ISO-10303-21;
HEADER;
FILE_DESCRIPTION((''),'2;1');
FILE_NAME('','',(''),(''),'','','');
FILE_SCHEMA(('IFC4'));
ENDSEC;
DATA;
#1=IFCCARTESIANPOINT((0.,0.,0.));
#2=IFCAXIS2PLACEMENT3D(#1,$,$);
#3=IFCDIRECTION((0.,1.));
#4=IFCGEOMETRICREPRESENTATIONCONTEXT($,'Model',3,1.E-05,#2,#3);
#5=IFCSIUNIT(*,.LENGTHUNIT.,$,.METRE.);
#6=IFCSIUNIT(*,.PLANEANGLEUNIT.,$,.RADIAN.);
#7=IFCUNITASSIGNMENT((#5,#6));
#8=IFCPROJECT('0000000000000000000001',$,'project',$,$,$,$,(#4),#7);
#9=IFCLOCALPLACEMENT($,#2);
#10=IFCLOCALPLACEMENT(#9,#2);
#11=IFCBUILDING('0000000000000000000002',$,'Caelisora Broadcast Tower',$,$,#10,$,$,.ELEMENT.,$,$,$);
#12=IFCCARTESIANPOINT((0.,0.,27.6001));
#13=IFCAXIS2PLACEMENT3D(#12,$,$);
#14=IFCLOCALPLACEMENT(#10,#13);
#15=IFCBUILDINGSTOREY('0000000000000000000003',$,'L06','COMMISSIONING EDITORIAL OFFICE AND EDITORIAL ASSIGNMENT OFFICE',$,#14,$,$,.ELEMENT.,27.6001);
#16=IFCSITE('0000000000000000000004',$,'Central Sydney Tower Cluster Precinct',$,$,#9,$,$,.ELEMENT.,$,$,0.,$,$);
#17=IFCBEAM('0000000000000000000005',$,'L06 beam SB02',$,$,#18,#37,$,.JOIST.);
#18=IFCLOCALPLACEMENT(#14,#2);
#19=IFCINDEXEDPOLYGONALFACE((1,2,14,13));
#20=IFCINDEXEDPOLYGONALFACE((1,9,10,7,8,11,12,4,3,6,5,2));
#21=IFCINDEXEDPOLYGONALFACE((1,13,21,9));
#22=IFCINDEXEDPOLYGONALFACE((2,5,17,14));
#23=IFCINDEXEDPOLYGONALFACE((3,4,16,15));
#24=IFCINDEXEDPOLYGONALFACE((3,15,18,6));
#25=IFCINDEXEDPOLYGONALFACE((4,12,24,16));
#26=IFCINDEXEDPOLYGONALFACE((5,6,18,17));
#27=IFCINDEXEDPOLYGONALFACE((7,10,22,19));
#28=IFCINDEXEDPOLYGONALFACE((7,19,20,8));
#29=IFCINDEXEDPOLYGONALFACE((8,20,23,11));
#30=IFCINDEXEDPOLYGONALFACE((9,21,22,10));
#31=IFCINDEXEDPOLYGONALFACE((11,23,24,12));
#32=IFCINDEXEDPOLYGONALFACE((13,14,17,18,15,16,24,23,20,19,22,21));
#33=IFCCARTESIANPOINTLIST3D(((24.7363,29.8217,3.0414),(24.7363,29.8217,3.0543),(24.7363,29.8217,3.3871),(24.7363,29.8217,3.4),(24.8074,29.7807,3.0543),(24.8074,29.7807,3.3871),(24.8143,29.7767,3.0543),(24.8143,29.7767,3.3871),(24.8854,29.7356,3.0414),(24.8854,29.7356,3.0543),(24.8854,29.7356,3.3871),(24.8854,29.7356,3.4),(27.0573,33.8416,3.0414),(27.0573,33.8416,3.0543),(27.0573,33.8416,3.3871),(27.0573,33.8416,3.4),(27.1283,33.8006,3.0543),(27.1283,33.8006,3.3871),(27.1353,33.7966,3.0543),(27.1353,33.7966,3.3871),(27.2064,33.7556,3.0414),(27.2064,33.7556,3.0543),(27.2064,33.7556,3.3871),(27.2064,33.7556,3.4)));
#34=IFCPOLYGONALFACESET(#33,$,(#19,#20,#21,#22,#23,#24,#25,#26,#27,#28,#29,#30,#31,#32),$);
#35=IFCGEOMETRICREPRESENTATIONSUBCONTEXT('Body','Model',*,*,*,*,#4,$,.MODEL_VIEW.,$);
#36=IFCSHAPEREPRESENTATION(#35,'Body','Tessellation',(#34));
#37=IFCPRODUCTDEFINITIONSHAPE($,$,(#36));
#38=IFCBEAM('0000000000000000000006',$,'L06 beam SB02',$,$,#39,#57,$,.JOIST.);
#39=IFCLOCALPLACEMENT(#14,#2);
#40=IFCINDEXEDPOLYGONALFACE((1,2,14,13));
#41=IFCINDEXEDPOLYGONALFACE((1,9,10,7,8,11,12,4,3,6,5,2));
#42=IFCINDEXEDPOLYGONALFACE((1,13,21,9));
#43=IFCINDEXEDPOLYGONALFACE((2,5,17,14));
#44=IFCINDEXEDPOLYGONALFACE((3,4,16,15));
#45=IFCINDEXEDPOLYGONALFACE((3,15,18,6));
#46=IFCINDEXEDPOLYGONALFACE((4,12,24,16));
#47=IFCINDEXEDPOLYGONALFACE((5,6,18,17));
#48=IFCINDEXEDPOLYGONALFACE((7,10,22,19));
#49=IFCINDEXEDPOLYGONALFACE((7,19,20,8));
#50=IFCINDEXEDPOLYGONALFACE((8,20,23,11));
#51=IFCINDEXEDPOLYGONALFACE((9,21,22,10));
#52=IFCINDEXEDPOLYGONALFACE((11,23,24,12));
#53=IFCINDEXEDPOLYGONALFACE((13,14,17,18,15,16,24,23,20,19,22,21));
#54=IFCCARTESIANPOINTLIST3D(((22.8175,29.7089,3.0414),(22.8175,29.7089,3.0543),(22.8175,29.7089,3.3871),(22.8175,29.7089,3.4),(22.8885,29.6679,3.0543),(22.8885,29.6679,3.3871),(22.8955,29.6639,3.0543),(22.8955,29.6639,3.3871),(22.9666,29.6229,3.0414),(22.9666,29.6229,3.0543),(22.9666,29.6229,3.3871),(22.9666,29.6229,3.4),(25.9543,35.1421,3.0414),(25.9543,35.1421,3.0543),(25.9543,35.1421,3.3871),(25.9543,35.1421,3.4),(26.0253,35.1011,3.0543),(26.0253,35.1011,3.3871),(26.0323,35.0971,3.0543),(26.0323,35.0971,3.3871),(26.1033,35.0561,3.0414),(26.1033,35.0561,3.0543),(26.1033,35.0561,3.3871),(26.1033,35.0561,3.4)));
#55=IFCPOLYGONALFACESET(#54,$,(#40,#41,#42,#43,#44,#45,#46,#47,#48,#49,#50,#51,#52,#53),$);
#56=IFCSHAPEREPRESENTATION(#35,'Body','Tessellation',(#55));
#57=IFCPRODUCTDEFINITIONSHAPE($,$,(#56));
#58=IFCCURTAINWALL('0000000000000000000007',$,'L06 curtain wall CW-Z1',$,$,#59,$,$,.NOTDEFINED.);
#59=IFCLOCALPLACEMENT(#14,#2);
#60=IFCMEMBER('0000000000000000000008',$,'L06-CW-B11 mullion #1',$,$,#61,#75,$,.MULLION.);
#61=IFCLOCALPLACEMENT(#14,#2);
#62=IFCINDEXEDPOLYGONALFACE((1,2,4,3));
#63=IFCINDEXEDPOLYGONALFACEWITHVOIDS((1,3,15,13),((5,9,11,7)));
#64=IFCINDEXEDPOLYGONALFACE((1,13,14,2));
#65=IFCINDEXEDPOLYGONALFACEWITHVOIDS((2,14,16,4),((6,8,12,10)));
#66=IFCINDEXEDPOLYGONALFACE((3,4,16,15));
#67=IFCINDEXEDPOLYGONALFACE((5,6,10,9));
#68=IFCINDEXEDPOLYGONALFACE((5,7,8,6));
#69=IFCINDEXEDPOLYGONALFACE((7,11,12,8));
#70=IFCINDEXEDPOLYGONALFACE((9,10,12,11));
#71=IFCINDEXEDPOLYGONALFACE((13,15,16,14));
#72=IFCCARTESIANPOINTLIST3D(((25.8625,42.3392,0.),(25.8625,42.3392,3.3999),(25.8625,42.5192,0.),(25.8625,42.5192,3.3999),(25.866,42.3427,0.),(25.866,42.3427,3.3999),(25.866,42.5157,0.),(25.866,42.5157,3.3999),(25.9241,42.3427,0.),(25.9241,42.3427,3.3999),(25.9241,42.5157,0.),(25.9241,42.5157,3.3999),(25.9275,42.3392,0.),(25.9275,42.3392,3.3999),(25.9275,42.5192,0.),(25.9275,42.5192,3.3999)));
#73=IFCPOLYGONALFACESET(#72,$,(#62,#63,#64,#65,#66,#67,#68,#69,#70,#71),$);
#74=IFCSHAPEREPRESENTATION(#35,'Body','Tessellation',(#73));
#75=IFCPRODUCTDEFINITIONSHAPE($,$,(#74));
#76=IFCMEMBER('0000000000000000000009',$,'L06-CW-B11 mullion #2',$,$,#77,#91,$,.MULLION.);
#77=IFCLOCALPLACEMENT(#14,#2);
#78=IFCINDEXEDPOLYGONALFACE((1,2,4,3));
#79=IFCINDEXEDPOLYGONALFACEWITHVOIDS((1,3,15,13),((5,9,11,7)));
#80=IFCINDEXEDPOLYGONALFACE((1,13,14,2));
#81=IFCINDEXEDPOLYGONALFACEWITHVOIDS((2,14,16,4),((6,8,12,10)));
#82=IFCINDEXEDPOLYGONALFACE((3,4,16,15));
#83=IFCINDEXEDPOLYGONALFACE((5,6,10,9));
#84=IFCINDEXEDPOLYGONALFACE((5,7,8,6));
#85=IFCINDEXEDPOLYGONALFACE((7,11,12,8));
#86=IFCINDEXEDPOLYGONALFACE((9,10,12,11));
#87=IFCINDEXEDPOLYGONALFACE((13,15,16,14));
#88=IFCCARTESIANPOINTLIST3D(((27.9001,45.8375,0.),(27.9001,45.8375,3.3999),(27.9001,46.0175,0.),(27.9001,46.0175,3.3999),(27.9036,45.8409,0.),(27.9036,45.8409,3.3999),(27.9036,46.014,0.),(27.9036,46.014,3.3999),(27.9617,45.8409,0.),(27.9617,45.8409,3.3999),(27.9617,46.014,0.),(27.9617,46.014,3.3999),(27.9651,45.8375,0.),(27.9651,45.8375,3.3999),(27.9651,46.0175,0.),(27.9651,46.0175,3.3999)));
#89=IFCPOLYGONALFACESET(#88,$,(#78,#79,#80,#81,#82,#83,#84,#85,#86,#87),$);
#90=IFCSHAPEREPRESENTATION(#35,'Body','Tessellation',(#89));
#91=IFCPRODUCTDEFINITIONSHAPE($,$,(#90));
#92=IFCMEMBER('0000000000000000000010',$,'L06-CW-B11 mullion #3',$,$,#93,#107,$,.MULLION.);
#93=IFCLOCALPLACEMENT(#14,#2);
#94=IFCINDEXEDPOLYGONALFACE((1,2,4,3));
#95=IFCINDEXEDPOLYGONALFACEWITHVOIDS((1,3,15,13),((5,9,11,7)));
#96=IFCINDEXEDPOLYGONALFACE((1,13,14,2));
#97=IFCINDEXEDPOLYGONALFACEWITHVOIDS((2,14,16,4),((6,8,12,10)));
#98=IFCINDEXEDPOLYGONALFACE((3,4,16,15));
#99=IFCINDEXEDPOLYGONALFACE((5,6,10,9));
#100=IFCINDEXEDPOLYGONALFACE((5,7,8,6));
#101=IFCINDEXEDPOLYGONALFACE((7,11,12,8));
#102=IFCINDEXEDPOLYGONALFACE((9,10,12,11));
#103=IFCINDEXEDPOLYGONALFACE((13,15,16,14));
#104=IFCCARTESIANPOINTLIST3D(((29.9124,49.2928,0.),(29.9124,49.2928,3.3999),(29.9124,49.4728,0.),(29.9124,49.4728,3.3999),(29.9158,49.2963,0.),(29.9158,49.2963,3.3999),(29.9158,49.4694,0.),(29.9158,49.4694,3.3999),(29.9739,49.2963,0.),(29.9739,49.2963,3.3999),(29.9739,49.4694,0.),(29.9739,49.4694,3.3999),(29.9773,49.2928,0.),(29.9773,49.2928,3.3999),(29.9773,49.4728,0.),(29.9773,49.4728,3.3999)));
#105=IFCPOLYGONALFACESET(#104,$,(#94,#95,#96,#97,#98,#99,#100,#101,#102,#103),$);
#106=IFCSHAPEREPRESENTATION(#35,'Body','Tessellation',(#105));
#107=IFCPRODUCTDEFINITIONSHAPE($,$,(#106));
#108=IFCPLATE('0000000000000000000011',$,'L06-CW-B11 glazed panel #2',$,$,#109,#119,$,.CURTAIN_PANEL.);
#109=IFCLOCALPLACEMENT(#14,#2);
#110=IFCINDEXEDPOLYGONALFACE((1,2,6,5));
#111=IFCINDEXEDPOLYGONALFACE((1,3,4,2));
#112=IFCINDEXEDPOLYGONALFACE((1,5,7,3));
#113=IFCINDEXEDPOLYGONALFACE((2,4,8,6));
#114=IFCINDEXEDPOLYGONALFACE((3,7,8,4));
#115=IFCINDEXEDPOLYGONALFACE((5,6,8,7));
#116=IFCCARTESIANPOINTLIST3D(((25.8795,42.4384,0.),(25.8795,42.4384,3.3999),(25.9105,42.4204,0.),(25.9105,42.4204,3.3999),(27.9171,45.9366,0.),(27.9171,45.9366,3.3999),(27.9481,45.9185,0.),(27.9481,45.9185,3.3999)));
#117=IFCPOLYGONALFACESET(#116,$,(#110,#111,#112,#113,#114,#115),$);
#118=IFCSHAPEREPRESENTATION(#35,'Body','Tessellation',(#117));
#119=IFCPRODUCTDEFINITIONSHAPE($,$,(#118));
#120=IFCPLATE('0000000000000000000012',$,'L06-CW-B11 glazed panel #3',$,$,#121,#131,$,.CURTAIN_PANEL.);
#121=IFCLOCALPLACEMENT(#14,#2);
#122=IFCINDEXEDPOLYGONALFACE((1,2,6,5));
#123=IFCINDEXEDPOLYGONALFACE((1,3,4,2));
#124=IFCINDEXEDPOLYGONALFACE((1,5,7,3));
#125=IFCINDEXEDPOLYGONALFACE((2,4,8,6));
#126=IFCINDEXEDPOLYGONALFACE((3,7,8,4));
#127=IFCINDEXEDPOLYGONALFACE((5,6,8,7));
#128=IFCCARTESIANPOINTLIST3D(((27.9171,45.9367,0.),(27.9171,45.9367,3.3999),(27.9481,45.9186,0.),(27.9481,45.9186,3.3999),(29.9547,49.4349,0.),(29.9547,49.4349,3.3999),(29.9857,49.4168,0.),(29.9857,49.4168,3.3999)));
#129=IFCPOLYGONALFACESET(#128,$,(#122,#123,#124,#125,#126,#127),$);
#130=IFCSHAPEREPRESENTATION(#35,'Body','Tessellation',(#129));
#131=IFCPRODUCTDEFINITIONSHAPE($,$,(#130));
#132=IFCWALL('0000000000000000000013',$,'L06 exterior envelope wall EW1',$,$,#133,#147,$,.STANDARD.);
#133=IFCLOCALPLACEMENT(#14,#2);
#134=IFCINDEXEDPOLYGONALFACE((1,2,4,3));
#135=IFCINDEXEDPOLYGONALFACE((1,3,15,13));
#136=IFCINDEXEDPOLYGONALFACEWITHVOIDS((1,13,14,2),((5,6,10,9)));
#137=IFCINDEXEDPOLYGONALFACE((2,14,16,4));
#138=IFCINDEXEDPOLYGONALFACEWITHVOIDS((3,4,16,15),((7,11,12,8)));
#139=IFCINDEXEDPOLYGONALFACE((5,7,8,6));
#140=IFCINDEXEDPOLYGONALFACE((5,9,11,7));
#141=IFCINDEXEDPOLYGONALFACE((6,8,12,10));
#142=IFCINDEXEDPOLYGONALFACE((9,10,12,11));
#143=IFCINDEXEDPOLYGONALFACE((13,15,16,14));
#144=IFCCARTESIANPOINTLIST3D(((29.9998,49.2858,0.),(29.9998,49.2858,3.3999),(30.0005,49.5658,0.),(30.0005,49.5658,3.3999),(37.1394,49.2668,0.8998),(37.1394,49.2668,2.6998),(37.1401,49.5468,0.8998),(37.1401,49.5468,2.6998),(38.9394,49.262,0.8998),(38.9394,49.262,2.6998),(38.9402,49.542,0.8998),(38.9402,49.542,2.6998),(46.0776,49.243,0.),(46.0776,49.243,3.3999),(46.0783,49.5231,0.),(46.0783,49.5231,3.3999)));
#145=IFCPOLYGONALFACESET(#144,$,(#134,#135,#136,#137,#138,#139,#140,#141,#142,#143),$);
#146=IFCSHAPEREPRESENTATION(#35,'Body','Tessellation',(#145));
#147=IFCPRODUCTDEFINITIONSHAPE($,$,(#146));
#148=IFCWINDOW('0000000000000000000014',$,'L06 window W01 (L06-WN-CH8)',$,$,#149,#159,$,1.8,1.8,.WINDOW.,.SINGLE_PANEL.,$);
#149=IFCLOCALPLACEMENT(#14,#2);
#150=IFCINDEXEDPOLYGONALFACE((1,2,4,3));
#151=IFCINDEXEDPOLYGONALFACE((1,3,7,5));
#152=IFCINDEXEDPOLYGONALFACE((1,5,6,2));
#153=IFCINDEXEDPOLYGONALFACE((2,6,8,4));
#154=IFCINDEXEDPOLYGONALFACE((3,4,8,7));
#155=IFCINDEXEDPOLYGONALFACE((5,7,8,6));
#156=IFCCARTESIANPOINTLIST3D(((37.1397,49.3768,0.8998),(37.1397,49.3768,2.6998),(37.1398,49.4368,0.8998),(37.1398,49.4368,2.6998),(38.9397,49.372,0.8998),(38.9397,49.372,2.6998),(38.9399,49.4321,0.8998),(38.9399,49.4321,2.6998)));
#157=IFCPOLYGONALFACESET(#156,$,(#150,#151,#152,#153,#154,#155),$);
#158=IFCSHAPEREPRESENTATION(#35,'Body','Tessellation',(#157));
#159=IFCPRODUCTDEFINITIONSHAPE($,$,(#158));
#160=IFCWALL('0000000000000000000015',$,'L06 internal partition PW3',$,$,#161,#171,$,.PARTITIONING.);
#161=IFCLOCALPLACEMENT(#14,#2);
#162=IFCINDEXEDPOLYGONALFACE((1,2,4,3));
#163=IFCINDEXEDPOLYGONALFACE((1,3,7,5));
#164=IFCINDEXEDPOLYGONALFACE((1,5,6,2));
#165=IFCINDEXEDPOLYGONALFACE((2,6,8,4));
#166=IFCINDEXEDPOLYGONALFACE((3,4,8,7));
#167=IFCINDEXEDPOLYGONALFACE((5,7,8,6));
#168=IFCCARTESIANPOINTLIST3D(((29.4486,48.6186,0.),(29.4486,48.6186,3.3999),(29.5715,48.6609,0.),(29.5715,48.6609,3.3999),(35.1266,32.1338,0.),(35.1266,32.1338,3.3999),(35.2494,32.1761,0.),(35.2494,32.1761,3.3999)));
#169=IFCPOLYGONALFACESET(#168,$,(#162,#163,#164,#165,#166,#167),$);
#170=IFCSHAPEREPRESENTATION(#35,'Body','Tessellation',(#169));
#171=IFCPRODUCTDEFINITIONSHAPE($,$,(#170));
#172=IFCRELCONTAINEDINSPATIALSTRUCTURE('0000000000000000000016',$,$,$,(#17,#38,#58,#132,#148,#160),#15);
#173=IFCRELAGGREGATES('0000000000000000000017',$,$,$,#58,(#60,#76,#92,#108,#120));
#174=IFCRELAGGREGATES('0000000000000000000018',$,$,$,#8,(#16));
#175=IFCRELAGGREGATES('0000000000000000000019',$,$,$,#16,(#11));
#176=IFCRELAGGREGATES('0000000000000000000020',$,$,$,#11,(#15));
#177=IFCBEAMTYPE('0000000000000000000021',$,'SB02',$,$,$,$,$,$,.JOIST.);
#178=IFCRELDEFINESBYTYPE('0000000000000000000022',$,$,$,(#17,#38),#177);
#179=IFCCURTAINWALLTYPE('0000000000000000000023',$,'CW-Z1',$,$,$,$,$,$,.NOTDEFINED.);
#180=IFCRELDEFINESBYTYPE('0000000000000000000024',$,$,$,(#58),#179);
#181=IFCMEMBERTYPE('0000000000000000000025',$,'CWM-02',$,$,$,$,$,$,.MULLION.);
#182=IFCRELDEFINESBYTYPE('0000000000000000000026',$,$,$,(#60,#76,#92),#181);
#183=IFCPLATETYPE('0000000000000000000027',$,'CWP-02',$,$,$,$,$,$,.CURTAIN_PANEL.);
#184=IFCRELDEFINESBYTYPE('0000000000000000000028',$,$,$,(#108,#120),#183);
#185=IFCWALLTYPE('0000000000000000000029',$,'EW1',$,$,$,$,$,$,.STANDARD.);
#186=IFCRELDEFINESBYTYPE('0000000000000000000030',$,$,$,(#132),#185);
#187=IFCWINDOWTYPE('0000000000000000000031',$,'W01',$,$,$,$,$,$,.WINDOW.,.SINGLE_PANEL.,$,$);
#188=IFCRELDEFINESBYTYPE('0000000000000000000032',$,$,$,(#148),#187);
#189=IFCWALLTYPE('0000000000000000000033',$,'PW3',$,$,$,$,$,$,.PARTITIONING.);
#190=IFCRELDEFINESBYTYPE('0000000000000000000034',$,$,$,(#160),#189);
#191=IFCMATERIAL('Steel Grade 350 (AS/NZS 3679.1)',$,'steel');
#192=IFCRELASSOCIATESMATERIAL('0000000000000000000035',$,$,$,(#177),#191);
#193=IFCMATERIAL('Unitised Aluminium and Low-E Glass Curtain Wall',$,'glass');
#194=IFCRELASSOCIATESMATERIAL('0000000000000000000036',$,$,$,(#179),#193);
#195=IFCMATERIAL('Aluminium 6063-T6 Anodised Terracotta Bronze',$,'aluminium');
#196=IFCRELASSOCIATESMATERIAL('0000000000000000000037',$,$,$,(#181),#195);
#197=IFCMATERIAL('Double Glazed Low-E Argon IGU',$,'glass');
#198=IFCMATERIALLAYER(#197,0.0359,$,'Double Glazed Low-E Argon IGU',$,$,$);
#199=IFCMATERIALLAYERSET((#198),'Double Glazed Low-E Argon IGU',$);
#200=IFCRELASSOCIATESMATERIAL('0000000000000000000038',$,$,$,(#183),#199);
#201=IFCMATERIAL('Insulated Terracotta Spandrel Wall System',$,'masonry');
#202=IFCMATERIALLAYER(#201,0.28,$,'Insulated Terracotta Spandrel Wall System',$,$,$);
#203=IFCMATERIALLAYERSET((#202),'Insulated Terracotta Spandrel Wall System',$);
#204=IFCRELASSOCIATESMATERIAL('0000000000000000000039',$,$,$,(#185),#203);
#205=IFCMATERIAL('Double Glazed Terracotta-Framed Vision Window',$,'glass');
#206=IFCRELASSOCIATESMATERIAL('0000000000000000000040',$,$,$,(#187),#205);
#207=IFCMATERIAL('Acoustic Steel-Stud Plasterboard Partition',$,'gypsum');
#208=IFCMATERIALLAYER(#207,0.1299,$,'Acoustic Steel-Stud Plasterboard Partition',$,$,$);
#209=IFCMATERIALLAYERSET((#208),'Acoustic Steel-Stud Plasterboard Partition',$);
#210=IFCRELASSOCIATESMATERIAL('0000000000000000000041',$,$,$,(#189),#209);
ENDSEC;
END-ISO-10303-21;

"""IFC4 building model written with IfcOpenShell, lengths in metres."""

from ifc_helpers import new_model, si_unit, direction, frame, frame_2d, origin, origin_2d, place, context, subcontext, project, spatial, rectangle, hollow_rectangle, i_section, extrude, source, transform, mapped, material, layer, layer_set, material_profile, profile_set, type_object, type_shapes, element, fill, aggregate, save


model = new_model("IFC4")

# Units and contexts
model_context = context("Model", 3, precision=1e-05, world=origin(), true_north=direction((0.0, 1.0)))
body_context = subcontext(model_context, "Body", "Model", "MODEL_VIEW")
ifc_project = project(units=[si_unit("LENGTHUNIT", "METRE"), si_unit("PLANEANGLEUNIT", "RADIAN")], contexts=[model_context])

# Site, building, storey
site_placement = place(None, origin())
site = spatial("IfcSite", under=ifc_project, at=site_placement, Name="Central Sydney Tower Cluster Precinct", CompositionType="ELEMENT", RefElevation=0.0)
building_placement = place(site_placement, origin())
building = spatial("IfcBuilding", under=site, at=building_placement, Name="Caelisora Broadcast Tower", CompositionType="ELEMENT")
storey_placement = place(building_placement, frame((0.0, 0.0, 27.6001)))
storey = spatial("IfcBuildingStorey", under=building, at=storey_placement, Name="L06", Description="COMMISSIONING EDITORIAL OFFICE AND EDITORIAL ASSIGNMENT OFFICE", CompositionType="ELEMENT", Elevation=27.6001)

# Beams
ifc_material_1 = material(Name="Steel Grade 350 (AS/NZS 3679.1)", Category="steel")
ifc_material_profile_1 = material_profile(ifc_material_1, i_section(OverallWidth=0.1721, OverallDepth=0.3586, WebThickness=0.0081, FlangeThickness=0.0129, at=origin_2d()), Name="Steel Grade 350 (AS/NZS 3679.1)")
ifc_profile_set_1 = profile_set([ifc_material_profile_1], Name="Steel Grade 350 (AS/NZS 3679.1)")
beam_type_1 = type_object("IfcBeamType", Name="SB02", PredefinedType="JOIST", material=ifc_profile_set_1)
shared_shape_1 = source(origin(), body_context, "Body", "SweptSolid", [
    extrude(i_section(OverallWidth=0.1721, OverallDepth=0.3586, WebThickness=0.0081, FlangeThickness=0.0129, at=origin_2d()), origin(), (0.0, 0.0, 1.0), 4.6418),
])
beam_1_placement = place(storey_placement, frame((27.1318, 33.7986, 3.2207), z_axis=(-0.500014, -0.866017, 0.0), x_axis=(0.866017, -0.500014, 0.0)))
element("IfcBeam", 1, at=beam_1_placement, inside=storey, type_object=beam_type_1, Name="L06 beam SB02", PredefinedType="JOIST", context=body_context, shape_type="MappedRepresentation", body=[
    mapped(shared_shape_1, transform((0.0, 0.0, 0.0), scale=1.0)),
])
shared_shape_2 = source(origin(), body_context, "Body", "SweptSolid", [
    extrude(i_section(OverallWidth=0.1721, OverallDepth=0.3586, WebThickness=0.0081, FlangeThickness=0.0129, at=origin_2d()), origin(), (0.0, 0.0, 1.0), 6.2737),
])
beam_2_placement = place(storey_placement, frame((26.0288, 35.0991, 3.2207), z_axis=(-0.49999, -0.866031, 0.0), x_axis=(0.866031, -0.49999, 0.0)))
element("IfcBeam", 2, at=beam_2_placement, inside=storey, type_object=beam_type_1, Name="L06 beam SB02", PredefinedType="JOIST", context=body_context, shape_type="MappedRepresentation", body=[
    mapped(shared_shape_2, transform((0.0, 0.0, 0.0), scale=1.0)),
])

# Curtain wall, members, plates
ifc_material_2 = material(Name="Unitised Aluminium and Low-E Glass Curtain Wall", Category="glass")
curtain_wall_type = type_object("IfcCurtainWallType", Name="CW-Z1", PredefinedType="NOTDEFINED", material=ifc_material_2)
curtain_wall_placement = place(storey_placement, origin())
curtain_wall = element("IfcCurtainWall", 3, at=curtain_wall_placement, inside=storey, type_object=curtain_wall_type, Name="L06 curtain wall CW-Z1", PredefinedType="NOTDEFINED")
ifc_material_3 = material(Name="Aluminium 6063-T6 Anodised Terracotta Bronze", Category="aluminium")
ifc_material_profile_2 = material_profile(ifc_material_3, hollow_rectangle(XDim=0.0649, YDim=0.1799, WallThickness=0.0034, at=origin_2d()), Name="Aluminium 6063-T6 Anodised Terracotta Bronze")
ifc_profile_set_2 = profile_set([ifc_material_profile_2], Name="Aluminium 6063-T6 Anodised Terracotta Bronze")
member_type = type_object("IfcMemberType", Name="CWM-02", PredefinedType="MULLION", material=ifc_profile_set_2)
shared_shape_3 = source(origin(), body_context, "Body", "SweptSolid", [
    extrude(hollow_rectangle(XDim=0.0649, YDim=0.1799, WallThickness=0.0034, at=origin_2d()), origin(), (0.0, 0.0, 1.0), 3.3999),
])
type_shapes(member_type, [shared_shape_3])
member_1_placement = place(storey_placement, frame((25.895, 42.4292, 0.0), z_axis=(0.0, 0.0, 1.0), x_axis=(1.0, 0.0, 0.0)))
member_1 = element("IfcMember", 4, at=member_1_placement, type_object=member_type, Name="L06-CW-B11 mullion #1", PredefinedType="MULLION", context=body_context, shape_type="MappedRepresentation", body=[
    mapped(shared_shape_3, transform((0.0, 0.0, 0.0), scale=1.0)),
])
member_2_placement = place(storey_placement, frame((27.9326, 45.9275, 0.0), z_axis=(0.0, 0.0, 1.0), x_axis=(1.0, 0.0, 0.0)))
member_2 = element("IfcMember", 5, at=member_2_placement, type_object=member_type, Name="L06-CW-B11 mullion #2", PredefinedType="MULLION", context=body_context, shape_type="MappedRepresentation", body=[
    mapped(shared_shape_3, transform((0.0, 0.0, 0.0), scale=1.0)),
])
member_3_placement = place(storey_placement, frame((29.9448, 49.3828, 0.0), z_axis=(0.0, 0.0, 1.0), x_axis=(1.0, 0.0, 0.0)))
member_3 = element("IfcMember", 6, at=member_3_placement, type_object=member_type, Name="L06-CW-B11 mullion #3", PredefinedType="MULLION", context=body_context, shape_type="MappedRepresentation", body=[
    mapped(shared_shape_3, transform((0.0, 0.0, 0.0), scale=1.0)),
])
ifc_material_4 = material(Name="Double Glazed Low-E Argon IGU", Category="glass")
ifc_layer_1 = layer(ifc_material_4, 0.0359, Name="Double Glazed Low-E Argon IGU")
ifc_layer_set_1 = layer_set([ifc_layer_1], Name="Double Glazed Low-E Argon IGU")
plate_type = type_object("IfcPlateType", Name="CWP-02", PredefinedType="CURTAIN_PANEL", material=ifc_layer_set_1)
shared_shape_4 = source(origin(), body_context, "Body", "SweptSolid", [
    extrude(rectangle(XDim=4.0483, YDim=0.0359, at=origin_2d()), origin(), (0.0, 0.0, 1.0), 3.3999),
])
type_shapes(plate_type, [shared_shape_4])
plate_1_placement = place(storey_placement, frame((26.9138, 44.1785, 0.0), z_axis=(0.0, 0.0, 1.0), x_axis=(0.503322, 0.864099, 0.0)))
plate_1 = element("IfcPlate", 7, at=plate_1_placement, type_object=plate_type, Name="L06-CW-B11 glazed panel #2", PredefinedType="CURTAIN_PANEL", context=body_context, shape_type="MappedRepresentation", body=[
    mapped(shared_shape_4, transform((0.0, 0.0, 0.0), scale=1.0)),
])
plate_2_placement = place(storey_placement, frame((28.9514, 47.6768, 0.0), z_axis=(0.0, 0.0, 1.0), x_axis=(0.503322, 0.864099, 0.0)))
plate_2 = element("IfcPlate", 8, at=plate_2_placement, type_object=plate_type, Name="L06-CW-B11 glazed panel #3", PredefinedType="CURTAIN_PANEL", context=body_context, shape_type="MappedRepresentation", body=[
    mapped(shared_shape_4, transform((0.0, 0.0, 0.0), scale=1.0)),
])
aggregate(curtain_wall, [member_1, member_2, member_3, plate_1, plate_2])

# Wall, opening, window
ifc_material_5 = material(Name="Insulated Terracotta Spandrel Wall System", Category="masonry")
ifc_layer_2 = layer(ifc_material_5, 0.28, Name="Insulated Terracotta Spandrel Wall System")
ifc_layer_set_2 = layer_set([ifc_layer_2], Name="Insulated Terracotta Spandrel Wall System")
wall_type_1 = type_object("IfcWallType", Name="EW1", PredefinedType="STANDARD", material=ifc_layer_set_2)
wall_1_placement = place(storey_placement, frame((30.0, 49.4258, 0.0), z_axis=(0.0, 0.0, 1.0), x_axis=(0.999996, -0.002657, 0.0)))
wall_1 = element("IfcWall", 9, at=wall_1_placement, inside=storey, type_object=wall_type_1, Name="L06 exterior envelope wall EW1", PredefinedType="STANDARD", context=body_context, shape_type="SweptSolid", body=[
    extrude(rectangle(XDim=16.0779, YDim=0.28, at=frame_2d((8.0391, 0.0))), origin(), (0.0, 0.0, 1.0), 3.3999),
])
opening_1_placement = place(wall_1_placement, frame((7.1399, 0.0, 0.8999)))
opening_1 = element("IfcOpeningElement", 10, at=opening_1_placement, cuts=wall_1, PredefinedType="OPENING", context=body_context, shape_type="SweptSolid", body=[
    extrude(rectangle(XDim=1.8, YDim=1.8, at=frame_2d((0.8999, 0.8999))), frame((0.0, 0.1521, 0.0), z_axis=(0.0, -1.0, 0.0), x_axis=(1.0, 0.0, 0.0)), (0.0, 0.0, 1.0), 0.304),
])
ifc_material_6 = material(Name="Double Glazed Terracotta-Framed Vision Window", Category="glass")
window_type = type_object("IfcWindowType", Name="W01", PartitioningType="SINGLE_PANEL", PredefinedType="WINDOW", material=ifc_material_6)
window_placement = place(opening_1_placement, origin())
window = element("IfcWindow", 11, at=window_placement, inside=storey, type_object=window_type, Name="L06 window W01 (L06-WN-CH8)", OverallHeight=1.8, OverallWidth=1.8, PartitioningType="SINGLE_PANEL", PredefinedType="WINDOW", context=body_context, shape_type="SweptSolid", body=[
    extrude(rectangle(XDim=1.8, YDim=1.8, at=frame_2d((0.8999, 0.8999))), frame((0.0, 0.03, 0.0), z_axis=(0.0, -1.0, 0.0), x_axis=(1.0, 0.0, 0.0)), (0.0, 0.0, 1.0), 0.0601),
])
fill(opening_1, window)

# Wall
ifc_material_7 = material(Name="Acoustic Steel-Stud Plasterboard Partition", Category="gypsum")
ifc_layer_3 = layer(ifc_material_7, 0.1299, Name="Acoustic Steel-Stud Plasterboard Partition")
ifc_layer_set_3 = layer_set([ifc_layer_3], Name="Acoustic Steel-Stud Plasterboard Partition")
wall_type_2 = type_object("IfcWallType", Name="PW3", PredefinedType="PARTITIONING", material=ifc_layer_set_3)
wall_2_placement = place(storey_placement, frame((29.51, 48.6399, 0.0), z_axis=(0.0, 0.0, 1.0), x_axis=(0.32566, -0.945487, 0.0)))
element("IfcWall", 12, at=wall_2_placement, inside=storey, type_object=wall_type_2, Name="L06 internal partition PW3", PredefinedType="PARTITIONING", context=body_context, shape_type="SweptSolid", body=[
    extrude(rectangle(XDim=17.4353, YDim=0.1299, at=frame_2d((8.7178, 0.0))), origin(), (0.0, 0.0, 1.0), 3.3999),
])

save(model, "model.ifc")
